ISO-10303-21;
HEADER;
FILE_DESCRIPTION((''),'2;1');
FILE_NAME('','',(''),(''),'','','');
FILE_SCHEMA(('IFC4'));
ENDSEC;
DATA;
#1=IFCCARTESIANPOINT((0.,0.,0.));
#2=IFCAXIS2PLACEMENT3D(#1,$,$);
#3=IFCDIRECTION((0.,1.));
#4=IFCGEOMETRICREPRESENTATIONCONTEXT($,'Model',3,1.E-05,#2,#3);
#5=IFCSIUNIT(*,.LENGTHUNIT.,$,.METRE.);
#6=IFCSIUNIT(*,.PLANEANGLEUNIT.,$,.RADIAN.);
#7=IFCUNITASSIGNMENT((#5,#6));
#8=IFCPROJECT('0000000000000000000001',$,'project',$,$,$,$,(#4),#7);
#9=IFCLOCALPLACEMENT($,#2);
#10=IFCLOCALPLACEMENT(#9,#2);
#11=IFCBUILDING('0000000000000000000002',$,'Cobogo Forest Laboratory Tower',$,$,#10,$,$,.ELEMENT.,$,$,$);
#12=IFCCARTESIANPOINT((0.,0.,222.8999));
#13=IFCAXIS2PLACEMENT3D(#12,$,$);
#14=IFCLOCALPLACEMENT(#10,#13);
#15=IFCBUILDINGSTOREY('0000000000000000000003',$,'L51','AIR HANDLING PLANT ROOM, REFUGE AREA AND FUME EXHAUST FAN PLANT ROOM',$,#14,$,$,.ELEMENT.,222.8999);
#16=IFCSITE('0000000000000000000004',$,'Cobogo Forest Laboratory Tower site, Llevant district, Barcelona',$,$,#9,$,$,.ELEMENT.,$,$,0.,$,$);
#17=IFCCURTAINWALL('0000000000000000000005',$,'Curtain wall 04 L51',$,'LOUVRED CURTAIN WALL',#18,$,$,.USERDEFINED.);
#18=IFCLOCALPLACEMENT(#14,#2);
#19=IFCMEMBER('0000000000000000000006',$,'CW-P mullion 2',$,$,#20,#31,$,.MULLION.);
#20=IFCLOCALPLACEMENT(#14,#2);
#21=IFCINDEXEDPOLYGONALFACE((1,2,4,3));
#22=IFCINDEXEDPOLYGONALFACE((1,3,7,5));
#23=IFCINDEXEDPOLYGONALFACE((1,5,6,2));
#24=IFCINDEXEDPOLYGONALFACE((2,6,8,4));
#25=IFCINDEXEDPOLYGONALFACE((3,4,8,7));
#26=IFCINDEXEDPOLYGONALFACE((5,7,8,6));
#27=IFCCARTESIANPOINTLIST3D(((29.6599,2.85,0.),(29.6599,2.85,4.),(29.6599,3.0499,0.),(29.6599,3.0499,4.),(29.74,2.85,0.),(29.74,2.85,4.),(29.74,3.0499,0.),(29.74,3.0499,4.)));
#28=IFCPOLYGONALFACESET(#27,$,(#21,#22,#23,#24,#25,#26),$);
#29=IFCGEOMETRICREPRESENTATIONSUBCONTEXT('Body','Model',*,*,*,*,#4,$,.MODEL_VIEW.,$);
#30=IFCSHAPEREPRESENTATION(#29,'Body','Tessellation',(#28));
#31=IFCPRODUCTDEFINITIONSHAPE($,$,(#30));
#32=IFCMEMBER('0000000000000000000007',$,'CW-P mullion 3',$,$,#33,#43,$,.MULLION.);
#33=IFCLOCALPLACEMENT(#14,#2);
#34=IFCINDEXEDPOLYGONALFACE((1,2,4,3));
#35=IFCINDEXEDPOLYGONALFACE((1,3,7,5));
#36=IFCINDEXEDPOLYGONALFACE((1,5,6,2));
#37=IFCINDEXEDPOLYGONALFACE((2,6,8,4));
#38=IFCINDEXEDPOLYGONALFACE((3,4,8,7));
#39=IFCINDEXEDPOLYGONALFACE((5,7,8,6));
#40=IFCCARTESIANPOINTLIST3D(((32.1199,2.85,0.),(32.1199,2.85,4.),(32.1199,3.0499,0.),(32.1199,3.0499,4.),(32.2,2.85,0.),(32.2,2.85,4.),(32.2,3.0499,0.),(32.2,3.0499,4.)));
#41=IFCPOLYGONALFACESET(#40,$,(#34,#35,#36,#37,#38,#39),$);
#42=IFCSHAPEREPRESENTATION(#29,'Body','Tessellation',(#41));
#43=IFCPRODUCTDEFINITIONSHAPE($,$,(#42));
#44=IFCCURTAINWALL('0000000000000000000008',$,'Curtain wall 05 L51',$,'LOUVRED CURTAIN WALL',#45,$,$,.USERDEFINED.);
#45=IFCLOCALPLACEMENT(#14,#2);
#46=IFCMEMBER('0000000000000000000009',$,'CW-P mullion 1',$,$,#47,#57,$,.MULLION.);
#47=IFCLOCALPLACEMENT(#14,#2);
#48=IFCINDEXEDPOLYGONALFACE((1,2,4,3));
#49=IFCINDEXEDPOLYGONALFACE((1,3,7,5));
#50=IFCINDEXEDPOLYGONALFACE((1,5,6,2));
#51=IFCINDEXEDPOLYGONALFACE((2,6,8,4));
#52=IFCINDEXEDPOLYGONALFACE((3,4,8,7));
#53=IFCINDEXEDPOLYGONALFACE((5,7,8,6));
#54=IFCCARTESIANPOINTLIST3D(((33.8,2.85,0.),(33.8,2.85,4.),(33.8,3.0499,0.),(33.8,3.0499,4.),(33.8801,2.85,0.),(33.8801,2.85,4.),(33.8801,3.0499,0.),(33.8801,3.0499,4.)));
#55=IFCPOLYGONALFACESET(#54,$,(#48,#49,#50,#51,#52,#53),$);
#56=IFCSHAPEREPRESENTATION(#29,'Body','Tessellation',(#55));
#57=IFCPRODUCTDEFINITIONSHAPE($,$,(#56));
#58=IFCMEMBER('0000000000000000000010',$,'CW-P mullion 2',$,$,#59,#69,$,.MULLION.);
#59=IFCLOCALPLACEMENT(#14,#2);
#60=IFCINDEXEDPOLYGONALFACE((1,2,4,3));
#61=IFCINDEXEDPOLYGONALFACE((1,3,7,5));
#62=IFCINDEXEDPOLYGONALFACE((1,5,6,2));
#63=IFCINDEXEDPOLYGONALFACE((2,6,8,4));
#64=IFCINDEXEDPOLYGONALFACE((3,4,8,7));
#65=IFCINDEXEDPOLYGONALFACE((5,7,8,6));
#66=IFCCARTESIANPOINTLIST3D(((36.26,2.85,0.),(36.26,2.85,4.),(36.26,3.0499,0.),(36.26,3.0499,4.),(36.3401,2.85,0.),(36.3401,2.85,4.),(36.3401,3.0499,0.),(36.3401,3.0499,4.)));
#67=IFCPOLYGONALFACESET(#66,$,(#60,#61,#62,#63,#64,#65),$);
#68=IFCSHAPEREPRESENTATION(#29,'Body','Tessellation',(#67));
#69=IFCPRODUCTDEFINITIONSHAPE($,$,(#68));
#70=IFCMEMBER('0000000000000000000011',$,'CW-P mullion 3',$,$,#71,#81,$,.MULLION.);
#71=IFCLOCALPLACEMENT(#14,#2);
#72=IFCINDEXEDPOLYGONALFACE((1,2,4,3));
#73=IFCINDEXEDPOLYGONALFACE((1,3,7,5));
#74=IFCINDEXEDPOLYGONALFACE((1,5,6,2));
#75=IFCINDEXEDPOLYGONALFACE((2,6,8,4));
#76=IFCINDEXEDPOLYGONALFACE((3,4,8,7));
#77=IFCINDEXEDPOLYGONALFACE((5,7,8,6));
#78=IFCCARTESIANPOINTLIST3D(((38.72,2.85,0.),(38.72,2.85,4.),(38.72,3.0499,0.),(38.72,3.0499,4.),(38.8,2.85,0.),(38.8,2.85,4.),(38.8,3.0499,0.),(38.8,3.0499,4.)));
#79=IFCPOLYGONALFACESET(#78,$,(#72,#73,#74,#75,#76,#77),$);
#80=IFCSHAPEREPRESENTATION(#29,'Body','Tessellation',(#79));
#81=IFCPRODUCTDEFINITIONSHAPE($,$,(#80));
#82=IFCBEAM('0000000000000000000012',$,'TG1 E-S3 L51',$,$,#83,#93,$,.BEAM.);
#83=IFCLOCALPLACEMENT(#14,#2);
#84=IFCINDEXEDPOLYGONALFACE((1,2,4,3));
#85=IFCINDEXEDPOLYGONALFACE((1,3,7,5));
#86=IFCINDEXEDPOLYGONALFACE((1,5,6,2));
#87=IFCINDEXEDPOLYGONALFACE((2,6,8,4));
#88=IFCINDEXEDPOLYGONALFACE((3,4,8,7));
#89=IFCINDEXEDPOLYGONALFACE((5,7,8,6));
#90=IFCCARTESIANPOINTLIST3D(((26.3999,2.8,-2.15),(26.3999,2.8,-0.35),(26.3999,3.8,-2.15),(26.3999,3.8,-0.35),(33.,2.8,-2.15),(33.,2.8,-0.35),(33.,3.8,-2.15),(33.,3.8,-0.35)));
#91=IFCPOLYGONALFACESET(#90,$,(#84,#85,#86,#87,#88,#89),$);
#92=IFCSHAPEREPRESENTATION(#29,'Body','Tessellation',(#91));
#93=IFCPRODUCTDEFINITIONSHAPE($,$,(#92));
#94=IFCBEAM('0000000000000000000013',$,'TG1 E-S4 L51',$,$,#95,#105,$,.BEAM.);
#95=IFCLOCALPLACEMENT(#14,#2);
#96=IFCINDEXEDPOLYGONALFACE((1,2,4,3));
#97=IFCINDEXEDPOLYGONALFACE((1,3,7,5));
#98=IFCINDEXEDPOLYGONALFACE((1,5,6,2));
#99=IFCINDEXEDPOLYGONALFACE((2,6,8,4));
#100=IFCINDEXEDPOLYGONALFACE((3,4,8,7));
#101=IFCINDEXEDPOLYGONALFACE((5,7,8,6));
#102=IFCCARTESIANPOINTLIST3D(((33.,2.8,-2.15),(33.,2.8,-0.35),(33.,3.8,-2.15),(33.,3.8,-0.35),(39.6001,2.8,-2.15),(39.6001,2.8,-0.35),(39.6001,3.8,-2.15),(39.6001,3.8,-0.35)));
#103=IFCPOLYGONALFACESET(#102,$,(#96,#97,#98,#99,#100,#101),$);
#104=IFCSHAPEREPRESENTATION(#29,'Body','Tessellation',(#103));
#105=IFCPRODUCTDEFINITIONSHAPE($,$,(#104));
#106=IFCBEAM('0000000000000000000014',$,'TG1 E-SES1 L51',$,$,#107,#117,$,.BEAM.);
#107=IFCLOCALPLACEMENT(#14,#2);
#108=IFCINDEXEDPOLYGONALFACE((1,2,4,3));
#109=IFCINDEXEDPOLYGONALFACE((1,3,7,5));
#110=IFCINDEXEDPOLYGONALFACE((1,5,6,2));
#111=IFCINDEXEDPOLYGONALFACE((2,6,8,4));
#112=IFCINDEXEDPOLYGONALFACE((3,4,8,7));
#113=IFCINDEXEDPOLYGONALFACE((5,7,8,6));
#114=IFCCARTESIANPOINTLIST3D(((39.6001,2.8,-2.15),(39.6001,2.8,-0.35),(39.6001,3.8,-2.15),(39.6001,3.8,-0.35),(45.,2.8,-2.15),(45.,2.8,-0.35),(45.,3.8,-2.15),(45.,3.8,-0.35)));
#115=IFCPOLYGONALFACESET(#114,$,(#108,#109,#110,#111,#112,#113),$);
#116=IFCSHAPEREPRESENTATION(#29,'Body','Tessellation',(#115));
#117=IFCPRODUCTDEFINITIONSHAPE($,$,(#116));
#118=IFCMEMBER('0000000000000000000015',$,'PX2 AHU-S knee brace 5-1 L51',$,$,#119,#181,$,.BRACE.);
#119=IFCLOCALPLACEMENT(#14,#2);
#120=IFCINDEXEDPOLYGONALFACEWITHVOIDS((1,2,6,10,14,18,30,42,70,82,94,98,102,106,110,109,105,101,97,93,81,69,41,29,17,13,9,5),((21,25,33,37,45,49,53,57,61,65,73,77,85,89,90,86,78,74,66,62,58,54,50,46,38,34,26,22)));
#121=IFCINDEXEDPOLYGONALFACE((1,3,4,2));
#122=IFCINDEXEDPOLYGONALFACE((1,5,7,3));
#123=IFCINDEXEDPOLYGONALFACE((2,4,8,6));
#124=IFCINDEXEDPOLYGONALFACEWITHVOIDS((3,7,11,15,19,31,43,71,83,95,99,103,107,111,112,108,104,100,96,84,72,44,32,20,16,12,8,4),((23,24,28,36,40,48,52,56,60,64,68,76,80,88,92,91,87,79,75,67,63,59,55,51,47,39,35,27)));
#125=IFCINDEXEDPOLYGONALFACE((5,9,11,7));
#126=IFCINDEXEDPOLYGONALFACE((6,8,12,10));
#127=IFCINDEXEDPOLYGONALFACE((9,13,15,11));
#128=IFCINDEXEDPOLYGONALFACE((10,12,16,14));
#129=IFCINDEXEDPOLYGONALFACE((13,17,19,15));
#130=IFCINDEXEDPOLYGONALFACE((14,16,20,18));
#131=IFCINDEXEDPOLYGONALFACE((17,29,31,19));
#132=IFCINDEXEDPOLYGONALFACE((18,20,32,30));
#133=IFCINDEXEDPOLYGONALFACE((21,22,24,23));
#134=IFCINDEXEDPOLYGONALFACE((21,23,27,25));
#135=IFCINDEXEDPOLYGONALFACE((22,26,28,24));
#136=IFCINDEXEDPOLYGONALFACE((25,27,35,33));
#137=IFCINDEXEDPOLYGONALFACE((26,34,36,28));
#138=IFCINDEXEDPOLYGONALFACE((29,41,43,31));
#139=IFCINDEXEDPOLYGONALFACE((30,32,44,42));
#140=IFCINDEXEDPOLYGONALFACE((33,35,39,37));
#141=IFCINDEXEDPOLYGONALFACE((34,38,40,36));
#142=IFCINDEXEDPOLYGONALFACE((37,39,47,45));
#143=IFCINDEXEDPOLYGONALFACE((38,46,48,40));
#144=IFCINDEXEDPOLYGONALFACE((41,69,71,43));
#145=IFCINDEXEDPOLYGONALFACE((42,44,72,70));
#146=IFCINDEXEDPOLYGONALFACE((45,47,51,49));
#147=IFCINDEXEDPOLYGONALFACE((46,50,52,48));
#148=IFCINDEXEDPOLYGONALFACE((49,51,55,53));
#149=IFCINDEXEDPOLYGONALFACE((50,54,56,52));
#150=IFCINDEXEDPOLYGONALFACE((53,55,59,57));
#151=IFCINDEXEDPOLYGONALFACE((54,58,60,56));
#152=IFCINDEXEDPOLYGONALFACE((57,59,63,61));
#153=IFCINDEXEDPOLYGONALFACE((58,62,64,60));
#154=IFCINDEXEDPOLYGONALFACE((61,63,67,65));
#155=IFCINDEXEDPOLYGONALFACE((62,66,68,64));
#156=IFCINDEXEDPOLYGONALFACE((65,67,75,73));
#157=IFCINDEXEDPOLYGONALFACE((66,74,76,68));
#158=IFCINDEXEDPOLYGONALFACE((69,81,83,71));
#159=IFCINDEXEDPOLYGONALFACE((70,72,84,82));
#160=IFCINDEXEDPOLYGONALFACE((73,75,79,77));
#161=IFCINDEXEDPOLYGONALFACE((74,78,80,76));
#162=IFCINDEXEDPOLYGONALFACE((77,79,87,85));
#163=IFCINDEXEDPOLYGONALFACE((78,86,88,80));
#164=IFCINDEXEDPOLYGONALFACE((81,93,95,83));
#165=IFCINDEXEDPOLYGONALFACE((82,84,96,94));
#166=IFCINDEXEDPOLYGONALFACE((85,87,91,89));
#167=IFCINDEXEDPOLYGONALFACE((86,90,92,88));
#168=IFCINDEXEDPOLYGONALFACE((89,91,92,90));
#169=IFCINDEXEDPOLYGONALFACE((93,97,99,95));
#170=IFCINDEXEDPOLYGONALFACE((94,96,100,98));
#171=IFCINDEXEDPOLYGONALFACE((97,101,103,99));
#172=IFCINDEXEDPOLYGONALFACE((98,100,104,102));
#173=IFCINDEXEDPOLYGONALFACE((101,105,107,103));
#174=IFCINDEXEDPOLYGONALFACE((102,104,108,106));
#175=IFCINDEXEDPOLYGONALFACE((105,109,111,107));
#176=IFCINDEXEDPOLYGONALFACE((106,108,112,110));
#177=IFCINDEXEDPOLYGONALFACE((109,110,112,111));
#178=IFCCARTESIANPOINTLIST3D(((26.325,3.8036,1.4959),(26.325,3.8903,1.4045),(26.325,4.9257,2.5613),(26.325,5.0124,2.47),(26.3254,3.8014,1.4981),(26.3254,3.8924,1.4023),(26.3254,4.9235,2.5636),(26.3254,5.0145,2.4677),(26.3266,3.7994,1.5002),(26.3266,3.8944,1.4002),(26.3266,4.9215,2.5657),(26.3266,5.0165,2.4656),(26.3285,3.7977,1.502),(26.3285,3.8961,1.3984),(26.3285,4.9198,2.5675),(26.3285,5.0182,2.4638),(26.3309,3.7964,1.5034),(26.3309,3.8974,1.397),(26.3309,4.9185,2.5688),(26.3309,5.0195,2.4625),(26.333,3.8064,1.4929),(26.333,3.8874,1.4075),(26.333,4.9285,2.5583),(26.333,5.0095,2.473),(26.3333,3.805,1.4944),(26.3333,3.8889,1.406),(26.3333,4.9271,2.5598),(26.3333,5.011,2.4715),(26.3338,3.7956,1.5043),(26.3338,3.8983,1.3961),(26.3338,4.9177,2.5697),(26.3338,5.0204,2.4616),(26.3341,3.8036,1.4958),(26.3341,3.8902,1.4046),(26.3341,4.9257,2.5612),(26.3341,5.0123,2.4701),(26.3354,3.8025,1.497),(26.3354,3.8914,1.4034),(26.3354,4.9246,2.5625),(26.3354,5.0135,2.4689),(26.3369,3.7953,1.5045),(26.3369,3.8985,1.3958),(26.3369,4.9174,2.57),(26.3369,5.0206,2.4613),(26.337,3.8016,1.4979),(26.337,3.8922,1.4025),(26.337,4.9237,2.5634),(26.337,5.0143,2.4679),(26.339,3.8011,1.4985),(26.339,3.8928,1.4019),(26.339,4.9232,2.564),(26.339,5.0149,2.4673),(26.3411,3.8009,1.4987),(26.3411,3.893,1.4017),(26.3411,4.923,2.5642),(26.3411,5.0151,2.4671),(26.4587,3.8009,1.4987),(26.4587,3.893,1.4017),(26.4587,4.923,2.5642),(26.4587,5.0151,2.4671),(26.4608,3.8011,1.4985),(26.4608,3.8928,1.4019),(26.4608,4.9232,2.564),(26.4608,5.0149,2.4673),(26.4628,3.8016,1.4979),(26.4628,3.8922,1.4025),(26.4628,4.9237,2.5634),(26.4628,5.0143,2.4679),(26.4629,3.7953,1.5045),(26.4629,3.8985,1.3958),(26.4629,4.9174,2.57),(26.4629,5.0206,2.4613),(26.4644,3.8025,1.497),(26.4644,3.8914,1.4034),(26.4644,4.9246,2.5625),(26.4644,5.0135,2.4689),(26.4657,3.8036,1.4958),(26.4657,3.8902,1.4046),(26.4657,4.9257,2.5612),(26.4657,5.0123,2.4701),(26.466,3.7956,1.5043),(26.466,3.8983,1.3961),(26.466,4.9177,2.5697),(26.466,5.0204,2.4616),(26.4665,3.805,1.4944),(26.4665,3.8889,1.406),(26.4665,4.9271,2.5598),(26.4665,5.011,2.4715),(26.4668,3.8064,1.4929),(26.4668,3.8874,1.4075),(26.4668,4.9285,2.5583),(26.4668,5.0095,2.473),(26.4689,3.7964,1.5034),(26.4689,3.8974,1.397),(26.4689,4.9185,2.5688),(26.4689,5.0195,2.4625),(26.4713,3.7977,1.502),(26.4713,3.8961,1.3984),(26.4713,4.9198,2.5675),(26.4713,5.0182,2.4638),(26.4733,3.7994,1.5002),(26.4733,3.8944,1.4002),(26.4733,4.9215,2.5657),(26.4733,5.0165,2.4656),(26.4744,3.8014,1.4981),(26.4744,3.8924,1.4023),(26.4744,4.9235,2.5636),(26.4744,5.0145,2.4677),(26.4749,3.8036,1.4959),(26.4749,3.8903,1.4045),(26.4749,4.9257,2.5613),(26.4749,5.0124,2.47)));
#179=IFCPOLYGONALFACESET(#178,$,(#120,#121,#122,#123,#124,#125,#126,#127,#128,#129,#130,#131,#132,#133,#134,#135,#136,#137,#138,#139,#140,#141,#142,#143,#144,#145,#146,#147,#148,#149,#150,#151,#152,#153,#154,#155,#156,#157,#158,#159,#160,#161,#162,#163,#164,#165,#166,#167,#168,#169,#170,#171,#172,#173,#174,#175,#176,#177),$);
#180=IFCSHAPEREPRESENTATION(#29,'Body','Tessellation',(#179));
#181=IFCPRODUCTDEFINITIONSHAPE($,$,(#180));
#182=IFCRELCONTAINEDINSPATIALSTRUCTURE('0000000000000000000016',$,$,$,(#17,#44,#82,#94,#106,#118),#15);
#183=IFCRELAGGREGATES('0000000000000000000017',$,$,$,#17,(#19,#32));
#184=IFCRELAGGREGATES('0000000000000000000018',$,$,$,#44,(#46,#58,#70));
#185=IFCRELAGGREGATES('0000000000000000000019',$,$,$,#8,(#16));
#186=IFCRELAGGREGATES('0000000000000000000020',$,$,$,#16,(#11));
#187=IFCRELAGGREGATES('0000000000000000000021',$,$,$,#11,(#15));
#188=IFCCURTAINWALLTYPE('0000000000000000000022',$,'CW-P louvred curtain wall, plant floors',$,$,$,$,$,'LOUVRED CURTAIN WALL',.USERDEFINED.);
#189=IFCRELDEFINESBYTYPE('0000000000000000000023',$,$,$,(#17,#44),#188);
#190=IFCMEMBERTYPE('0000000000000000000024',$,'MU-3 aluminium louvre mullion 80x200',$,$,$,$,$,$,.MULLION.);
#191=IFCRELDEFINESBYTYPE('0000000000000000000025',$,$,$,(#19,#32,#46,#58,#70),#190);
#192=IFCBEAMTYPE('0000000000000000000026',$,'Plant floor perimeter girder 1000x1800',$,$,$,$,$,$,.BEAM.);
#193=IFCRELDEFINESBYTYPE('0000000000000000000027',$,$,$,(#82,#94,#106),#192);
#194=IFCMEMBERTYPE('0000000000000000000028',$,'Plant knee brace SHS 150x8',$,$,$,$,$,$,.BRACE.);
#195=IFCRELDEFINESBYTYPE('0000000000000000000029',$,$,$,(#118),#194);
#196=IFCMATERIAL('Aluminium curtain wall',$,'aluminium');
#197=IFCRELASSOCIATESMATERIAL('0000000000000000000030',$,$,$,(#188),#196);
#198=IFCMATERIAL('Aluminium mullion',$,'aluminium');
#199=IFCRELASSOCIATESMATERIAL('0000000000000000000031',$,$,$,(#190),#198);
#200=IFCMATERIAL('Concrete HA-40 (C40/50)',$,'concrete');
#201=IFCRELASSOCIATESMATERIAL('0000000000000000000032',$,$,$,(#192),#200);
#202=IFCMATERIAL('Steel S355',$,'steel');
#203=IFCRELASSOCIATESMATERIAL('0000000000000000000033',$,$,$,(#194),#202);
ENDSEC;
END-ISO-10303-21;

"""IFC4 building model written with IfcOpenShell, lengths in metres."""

from ifc_helpers import new_model, si_unit, direction, frame, origin, origin_2d, place, context, subcontext, project, spatial, rectangle, hollow_rectangle, extrude, material, material_profile, profile_set, type_object, element, aggregate, save


model = new_model("IFC4")

# Units and contexts
model_context = context("Model", 3, precision=1e-05, world=origin(), true_north=direction((0.0, 1.0)))
body_context = subcontext(model_context, "Body", "Model", "MODEL_VIEW")
ifc_project = project(units=[si_unit("LENGTHUNIT", "METRE"), si_unit("PLANEANGLEUNIT", "RADIAN")], contexts=[model_context])

# Site, building, storey
site_placement = place(None, origin())
site = spatial("IfcSite", under=ifc_project, at=site_placement, Name="Cobogo Forest Laboratory Tower site, Llevant district, Barcelona", CompositionType="ELEMENT", RefElevation=0.0)
building_placement = place(site_placement, origin())
building = spatial("IfcBuilding", under=site, at=building_placement, Name="Cobogo Forest Laboratory Tower", CompositionType="ELEMENT")
storey_placement = place(building_placement, frame((0.0, 0.0, 222.8999)))
storey = spatial("IfcBuildingStorey", under=building, at=storey_placement, Name="L51", Description="AIR HANDLING PLANT ROOM, REFUGE AREA AND FUME EXHAUST FAN PLANT ROOM", CompositionType="ELEMENT", Elevation=222.8999)

# Shared definitions
ifc_material_1 = material(Name="Aluminium curtain wall", Category="aluminium")
curtain_wall_type = type_object("IfcCurtainWallType", Name="CW-P louvred curtain wall, plant floors", ElementType="LOUVRED CURTAIN WALL", PredefinedType="USERDEFINED", material=ifc_material_1)
ifc_material_2 = material(Name="Aluminium mullion", Category="aluminium")
ifc_material_profile_1 = material_profile(ifc_material_2, rectangle(XDim=0.0801, YDim=0.2, at=origin_2d()), Name="AL 80x200")
ifc_profile_set_1 = profile_set([ifc_material_profile_1], Name="Aluminium mullion")
member_type_1 = type_object("IfcMemberType", Name="MU-3 aluminium louvre mullion 80x200", PredefinedType="MULLION", material=ifc_profile_set_1)

# Curtain walls, members
curtain_wall_1_placement = place(storey_placement, origin())
curtain_wall_1 = element("IfcCurtainWall", 1, at=curtain_wall_1_placement, inside=storey, type_object=curtain_wall_type, Name="Curtain wall 04 L51", ObjectType="LOUVRED CURTAIN WALL", PredefinedType="USERDEFINED")
member_1_placement = place(storey_placement, frame((29.7, 2.95, 0.0), z_axis=(0.0, 0.0, 1.0), x_axis=(1.0, 0.0, 0.0)))
member_1 = element("IfcMember", 2, at=member_1_placement, type_object=member_type_1, Name="CW-P mullion 2", PredefinedType="MULLION", context=body_context, shape_type="SweptSolid", body=[
    extrude(rectangle(XDim=0.0801, YDim=0.2, at=origin_2d()), origin(), (0.0, 0.0, 1.0), 4.0),
])
member_2_placement = place(storey_placement, frame((32.1599, 2.95, 0.0), z_axis=(0.0, 0.0, 1.0), x_axis=(1.0, 0.0, 0.0)))
member_2 = element("IfcMember", 3, at=member_2_placement, type_object=member_type_1, Name="CW-P mullion 3", PredefinedType="MULLION", context=body_context, shape_type="SweptSolid", body=[
    extrude(rectangle(XDim=0.0801, YDim=0.2, at=origin_2d()), origin(), (0.0, 0.0, 1.0), 4.0),
])
curtain_wall_2_placement = place(storey_placement, origin())
curtain_wall_2 = element("IfcCurtainWall", 4, at=curtain_wall_2_placement, inside=storey, type_object=curtain_wall_type, Name="Curtain wall 05 L51", ObjectType="LOUVRED CURTAIN WALL", PredefinedType="USERDEFINED")
member_3_placement = place(storey_placement, frame((33.8401, 2.95, 0.0), z_axis=(0.0, 0.0, 1.0), x_axis=(1.0, 0.0, 0.0)))
member_3 = element("IfcMember", 5, at=member_3_placement, type_object=member_type_1, Name="CW-P mullion 1", PredefinedType="MULLION", context=body_context, shape_type="SweptSolid", body=[
    extrude(rectangle(XDim=0.0801, YDim=0.2, at=origin_2d()), origin(), (0.0, 0.0, 1.0), 4.0),
])
member_4_placement = place(storey_placement, frame((36.3, 2.95, 0.0), z_axis=(0.0, 0.0, 1.0), x_axis=(1.0, 0.0, 0.0)))
member_4 = element("IfcMember", 6, at=member_4_placement, type_object=member_type_1, Name="CW-P mullion 2", PredefinedType="MULLION", context=body_context, shape_type="SweptSolid", body=[
    extrude(rectangle(XDim=0.0801, YDim=0.2, at=origin_2d()), origin(), (0.0, 0.0, 1.0), 4.0),
])
member_5_placement = place(storey_placement, frame((38.76, 2.95, 0.0), z_axis=(0.0, 0.0, 1.0), x_axis=(1.0, 0.0, 0.0)))
member_5 = element("IfcMember", 7, at=member_5_placement, type_object=member_type_1, Name="CW-P mullion 3", PredefinedType="MULLION", context=body_context, shape_type="SweptSolid", body=[
    extrude(rectangle(XDim=0.0801, YDim=0.2, at=origin_2d()), origin(), (0.0, 0.0, 1.0), 4.0),
])

# Beams
ifc_material_3 = material(Name="Concrete HA-40 (C40/50)", Category="concrete")
ifc_material_profile_2 = material_profile(ifc_material_3, rectangle(XDim=1.0, YDim=1.8, at=origin_2d()), Name="RC 1000x1800")
ifc_profile_set_2 = profile_set([ifc_material_profile_2], Name="Concrete HA-40 (C40/50)")
beam_type_1 = type_object("IfcBeamType", Name="Plant floor perimeter girder 1000x1800", PredefinedType="BEAM", material=ifc_profile_set_2)
for number, where, z_axis, x_axis, name in (
    (8, (26.3999, 3.3, -1.25), (1.0, 0.0, 0.0), (0.0, 1.0, 0.0), "TG1 E-S3 L51"),
    (9, (33.0, 3.3, -1.25), (1.0, 0.0, 0.0), (0.0, 1.0, 0.0), "TG1 E-S4 L51"),
):
    element("IfcBeam", number, at=place(storey_placement, frame(where, z_axis=z_axis, x_axis=x_axis)), inside=storey, type_object=beam_type_1, Name=name, PredefinedType="BEAM", context=body_context, shape_type="SweptSolid", body=[
        extrude(rectangle(XDim=1.0, YDim=1.8, at=origin_2d()), origin(), (0.0, 0.0, 1.0), 6.6001),
    ])
beam_1_placement = place(storey_placement, frame((39.6001, 3.3, -1.25), z_axis=(1.0, 0.0, 0.0), x_axis=(0.0, 1.0, 0.0)))
element("IfcBeam", 10, at=beam_1_placement, inside=storey, type_object=beam_type_1, Name="TG1 E-SES1 L51", PredefinedType="BEAM", context=body_context, shape_type="SweptSolid", body=[
    extrude(rectangle(XDim=1.0, YDim=1.8, at=origin_2d()), origin(), (0.0, 0.0, 1.0), 5.3999),
])

# Member
ifc_material_4 = material(Name="Steel S355", Category="steel")
ifc_material_profile_3 = material_profile(ifc_material_4, hollow_rectangle(XDim=0.1499, YDim=0.1499, WallThickness=0.0081, InnerFilletRadius=0.0081, OuterFilletRadius=0.012, at=origin_2d()), Name="SHS 150x8")
ifc_profile_set_3 = profile_set([ifc_material_profile_3], Name="Steel S355")
member_type_2 = type_object("IfcMemberType", Name="Plant knee brace SHS 150x8", PredefinedType="BRACE", material=ifc_profile_set_3)
for number, where, z_axis, x_axis, name in (
    (11, (26.3999, 3.8469, 1.4502), (0.0, 0.725173, 0.688567), (-1.0, 0.0, 0.0), "PX2 AHU-S knee brace 5-1 L51"),
):
    element("IfcMember", number, at=place(storey_placement, frame(where, z_axis=z_axis, x_axis=x_axis)), inside=storey, type_object=member_type_2, Name=name, PredefinedType="BRACE", context=body_context, shape_type="SweptSolid", body=[
        extrude(hollow_rectangle(XDim=0.1499, YDim=0.1499, WallThickness=0.0081, InnerFilletRadius=0.0081, OuterFilletRadius=0.012, at=origin_2d()), origin(), (0.0, 0.0, 1.0), 1.5474),
    ])

aggregate(curtain_wall_1, [member_1, member_2])
aggregate(curtain_wall_2, [member_3, member_4, member_5])

save(model, "model.ifc")
